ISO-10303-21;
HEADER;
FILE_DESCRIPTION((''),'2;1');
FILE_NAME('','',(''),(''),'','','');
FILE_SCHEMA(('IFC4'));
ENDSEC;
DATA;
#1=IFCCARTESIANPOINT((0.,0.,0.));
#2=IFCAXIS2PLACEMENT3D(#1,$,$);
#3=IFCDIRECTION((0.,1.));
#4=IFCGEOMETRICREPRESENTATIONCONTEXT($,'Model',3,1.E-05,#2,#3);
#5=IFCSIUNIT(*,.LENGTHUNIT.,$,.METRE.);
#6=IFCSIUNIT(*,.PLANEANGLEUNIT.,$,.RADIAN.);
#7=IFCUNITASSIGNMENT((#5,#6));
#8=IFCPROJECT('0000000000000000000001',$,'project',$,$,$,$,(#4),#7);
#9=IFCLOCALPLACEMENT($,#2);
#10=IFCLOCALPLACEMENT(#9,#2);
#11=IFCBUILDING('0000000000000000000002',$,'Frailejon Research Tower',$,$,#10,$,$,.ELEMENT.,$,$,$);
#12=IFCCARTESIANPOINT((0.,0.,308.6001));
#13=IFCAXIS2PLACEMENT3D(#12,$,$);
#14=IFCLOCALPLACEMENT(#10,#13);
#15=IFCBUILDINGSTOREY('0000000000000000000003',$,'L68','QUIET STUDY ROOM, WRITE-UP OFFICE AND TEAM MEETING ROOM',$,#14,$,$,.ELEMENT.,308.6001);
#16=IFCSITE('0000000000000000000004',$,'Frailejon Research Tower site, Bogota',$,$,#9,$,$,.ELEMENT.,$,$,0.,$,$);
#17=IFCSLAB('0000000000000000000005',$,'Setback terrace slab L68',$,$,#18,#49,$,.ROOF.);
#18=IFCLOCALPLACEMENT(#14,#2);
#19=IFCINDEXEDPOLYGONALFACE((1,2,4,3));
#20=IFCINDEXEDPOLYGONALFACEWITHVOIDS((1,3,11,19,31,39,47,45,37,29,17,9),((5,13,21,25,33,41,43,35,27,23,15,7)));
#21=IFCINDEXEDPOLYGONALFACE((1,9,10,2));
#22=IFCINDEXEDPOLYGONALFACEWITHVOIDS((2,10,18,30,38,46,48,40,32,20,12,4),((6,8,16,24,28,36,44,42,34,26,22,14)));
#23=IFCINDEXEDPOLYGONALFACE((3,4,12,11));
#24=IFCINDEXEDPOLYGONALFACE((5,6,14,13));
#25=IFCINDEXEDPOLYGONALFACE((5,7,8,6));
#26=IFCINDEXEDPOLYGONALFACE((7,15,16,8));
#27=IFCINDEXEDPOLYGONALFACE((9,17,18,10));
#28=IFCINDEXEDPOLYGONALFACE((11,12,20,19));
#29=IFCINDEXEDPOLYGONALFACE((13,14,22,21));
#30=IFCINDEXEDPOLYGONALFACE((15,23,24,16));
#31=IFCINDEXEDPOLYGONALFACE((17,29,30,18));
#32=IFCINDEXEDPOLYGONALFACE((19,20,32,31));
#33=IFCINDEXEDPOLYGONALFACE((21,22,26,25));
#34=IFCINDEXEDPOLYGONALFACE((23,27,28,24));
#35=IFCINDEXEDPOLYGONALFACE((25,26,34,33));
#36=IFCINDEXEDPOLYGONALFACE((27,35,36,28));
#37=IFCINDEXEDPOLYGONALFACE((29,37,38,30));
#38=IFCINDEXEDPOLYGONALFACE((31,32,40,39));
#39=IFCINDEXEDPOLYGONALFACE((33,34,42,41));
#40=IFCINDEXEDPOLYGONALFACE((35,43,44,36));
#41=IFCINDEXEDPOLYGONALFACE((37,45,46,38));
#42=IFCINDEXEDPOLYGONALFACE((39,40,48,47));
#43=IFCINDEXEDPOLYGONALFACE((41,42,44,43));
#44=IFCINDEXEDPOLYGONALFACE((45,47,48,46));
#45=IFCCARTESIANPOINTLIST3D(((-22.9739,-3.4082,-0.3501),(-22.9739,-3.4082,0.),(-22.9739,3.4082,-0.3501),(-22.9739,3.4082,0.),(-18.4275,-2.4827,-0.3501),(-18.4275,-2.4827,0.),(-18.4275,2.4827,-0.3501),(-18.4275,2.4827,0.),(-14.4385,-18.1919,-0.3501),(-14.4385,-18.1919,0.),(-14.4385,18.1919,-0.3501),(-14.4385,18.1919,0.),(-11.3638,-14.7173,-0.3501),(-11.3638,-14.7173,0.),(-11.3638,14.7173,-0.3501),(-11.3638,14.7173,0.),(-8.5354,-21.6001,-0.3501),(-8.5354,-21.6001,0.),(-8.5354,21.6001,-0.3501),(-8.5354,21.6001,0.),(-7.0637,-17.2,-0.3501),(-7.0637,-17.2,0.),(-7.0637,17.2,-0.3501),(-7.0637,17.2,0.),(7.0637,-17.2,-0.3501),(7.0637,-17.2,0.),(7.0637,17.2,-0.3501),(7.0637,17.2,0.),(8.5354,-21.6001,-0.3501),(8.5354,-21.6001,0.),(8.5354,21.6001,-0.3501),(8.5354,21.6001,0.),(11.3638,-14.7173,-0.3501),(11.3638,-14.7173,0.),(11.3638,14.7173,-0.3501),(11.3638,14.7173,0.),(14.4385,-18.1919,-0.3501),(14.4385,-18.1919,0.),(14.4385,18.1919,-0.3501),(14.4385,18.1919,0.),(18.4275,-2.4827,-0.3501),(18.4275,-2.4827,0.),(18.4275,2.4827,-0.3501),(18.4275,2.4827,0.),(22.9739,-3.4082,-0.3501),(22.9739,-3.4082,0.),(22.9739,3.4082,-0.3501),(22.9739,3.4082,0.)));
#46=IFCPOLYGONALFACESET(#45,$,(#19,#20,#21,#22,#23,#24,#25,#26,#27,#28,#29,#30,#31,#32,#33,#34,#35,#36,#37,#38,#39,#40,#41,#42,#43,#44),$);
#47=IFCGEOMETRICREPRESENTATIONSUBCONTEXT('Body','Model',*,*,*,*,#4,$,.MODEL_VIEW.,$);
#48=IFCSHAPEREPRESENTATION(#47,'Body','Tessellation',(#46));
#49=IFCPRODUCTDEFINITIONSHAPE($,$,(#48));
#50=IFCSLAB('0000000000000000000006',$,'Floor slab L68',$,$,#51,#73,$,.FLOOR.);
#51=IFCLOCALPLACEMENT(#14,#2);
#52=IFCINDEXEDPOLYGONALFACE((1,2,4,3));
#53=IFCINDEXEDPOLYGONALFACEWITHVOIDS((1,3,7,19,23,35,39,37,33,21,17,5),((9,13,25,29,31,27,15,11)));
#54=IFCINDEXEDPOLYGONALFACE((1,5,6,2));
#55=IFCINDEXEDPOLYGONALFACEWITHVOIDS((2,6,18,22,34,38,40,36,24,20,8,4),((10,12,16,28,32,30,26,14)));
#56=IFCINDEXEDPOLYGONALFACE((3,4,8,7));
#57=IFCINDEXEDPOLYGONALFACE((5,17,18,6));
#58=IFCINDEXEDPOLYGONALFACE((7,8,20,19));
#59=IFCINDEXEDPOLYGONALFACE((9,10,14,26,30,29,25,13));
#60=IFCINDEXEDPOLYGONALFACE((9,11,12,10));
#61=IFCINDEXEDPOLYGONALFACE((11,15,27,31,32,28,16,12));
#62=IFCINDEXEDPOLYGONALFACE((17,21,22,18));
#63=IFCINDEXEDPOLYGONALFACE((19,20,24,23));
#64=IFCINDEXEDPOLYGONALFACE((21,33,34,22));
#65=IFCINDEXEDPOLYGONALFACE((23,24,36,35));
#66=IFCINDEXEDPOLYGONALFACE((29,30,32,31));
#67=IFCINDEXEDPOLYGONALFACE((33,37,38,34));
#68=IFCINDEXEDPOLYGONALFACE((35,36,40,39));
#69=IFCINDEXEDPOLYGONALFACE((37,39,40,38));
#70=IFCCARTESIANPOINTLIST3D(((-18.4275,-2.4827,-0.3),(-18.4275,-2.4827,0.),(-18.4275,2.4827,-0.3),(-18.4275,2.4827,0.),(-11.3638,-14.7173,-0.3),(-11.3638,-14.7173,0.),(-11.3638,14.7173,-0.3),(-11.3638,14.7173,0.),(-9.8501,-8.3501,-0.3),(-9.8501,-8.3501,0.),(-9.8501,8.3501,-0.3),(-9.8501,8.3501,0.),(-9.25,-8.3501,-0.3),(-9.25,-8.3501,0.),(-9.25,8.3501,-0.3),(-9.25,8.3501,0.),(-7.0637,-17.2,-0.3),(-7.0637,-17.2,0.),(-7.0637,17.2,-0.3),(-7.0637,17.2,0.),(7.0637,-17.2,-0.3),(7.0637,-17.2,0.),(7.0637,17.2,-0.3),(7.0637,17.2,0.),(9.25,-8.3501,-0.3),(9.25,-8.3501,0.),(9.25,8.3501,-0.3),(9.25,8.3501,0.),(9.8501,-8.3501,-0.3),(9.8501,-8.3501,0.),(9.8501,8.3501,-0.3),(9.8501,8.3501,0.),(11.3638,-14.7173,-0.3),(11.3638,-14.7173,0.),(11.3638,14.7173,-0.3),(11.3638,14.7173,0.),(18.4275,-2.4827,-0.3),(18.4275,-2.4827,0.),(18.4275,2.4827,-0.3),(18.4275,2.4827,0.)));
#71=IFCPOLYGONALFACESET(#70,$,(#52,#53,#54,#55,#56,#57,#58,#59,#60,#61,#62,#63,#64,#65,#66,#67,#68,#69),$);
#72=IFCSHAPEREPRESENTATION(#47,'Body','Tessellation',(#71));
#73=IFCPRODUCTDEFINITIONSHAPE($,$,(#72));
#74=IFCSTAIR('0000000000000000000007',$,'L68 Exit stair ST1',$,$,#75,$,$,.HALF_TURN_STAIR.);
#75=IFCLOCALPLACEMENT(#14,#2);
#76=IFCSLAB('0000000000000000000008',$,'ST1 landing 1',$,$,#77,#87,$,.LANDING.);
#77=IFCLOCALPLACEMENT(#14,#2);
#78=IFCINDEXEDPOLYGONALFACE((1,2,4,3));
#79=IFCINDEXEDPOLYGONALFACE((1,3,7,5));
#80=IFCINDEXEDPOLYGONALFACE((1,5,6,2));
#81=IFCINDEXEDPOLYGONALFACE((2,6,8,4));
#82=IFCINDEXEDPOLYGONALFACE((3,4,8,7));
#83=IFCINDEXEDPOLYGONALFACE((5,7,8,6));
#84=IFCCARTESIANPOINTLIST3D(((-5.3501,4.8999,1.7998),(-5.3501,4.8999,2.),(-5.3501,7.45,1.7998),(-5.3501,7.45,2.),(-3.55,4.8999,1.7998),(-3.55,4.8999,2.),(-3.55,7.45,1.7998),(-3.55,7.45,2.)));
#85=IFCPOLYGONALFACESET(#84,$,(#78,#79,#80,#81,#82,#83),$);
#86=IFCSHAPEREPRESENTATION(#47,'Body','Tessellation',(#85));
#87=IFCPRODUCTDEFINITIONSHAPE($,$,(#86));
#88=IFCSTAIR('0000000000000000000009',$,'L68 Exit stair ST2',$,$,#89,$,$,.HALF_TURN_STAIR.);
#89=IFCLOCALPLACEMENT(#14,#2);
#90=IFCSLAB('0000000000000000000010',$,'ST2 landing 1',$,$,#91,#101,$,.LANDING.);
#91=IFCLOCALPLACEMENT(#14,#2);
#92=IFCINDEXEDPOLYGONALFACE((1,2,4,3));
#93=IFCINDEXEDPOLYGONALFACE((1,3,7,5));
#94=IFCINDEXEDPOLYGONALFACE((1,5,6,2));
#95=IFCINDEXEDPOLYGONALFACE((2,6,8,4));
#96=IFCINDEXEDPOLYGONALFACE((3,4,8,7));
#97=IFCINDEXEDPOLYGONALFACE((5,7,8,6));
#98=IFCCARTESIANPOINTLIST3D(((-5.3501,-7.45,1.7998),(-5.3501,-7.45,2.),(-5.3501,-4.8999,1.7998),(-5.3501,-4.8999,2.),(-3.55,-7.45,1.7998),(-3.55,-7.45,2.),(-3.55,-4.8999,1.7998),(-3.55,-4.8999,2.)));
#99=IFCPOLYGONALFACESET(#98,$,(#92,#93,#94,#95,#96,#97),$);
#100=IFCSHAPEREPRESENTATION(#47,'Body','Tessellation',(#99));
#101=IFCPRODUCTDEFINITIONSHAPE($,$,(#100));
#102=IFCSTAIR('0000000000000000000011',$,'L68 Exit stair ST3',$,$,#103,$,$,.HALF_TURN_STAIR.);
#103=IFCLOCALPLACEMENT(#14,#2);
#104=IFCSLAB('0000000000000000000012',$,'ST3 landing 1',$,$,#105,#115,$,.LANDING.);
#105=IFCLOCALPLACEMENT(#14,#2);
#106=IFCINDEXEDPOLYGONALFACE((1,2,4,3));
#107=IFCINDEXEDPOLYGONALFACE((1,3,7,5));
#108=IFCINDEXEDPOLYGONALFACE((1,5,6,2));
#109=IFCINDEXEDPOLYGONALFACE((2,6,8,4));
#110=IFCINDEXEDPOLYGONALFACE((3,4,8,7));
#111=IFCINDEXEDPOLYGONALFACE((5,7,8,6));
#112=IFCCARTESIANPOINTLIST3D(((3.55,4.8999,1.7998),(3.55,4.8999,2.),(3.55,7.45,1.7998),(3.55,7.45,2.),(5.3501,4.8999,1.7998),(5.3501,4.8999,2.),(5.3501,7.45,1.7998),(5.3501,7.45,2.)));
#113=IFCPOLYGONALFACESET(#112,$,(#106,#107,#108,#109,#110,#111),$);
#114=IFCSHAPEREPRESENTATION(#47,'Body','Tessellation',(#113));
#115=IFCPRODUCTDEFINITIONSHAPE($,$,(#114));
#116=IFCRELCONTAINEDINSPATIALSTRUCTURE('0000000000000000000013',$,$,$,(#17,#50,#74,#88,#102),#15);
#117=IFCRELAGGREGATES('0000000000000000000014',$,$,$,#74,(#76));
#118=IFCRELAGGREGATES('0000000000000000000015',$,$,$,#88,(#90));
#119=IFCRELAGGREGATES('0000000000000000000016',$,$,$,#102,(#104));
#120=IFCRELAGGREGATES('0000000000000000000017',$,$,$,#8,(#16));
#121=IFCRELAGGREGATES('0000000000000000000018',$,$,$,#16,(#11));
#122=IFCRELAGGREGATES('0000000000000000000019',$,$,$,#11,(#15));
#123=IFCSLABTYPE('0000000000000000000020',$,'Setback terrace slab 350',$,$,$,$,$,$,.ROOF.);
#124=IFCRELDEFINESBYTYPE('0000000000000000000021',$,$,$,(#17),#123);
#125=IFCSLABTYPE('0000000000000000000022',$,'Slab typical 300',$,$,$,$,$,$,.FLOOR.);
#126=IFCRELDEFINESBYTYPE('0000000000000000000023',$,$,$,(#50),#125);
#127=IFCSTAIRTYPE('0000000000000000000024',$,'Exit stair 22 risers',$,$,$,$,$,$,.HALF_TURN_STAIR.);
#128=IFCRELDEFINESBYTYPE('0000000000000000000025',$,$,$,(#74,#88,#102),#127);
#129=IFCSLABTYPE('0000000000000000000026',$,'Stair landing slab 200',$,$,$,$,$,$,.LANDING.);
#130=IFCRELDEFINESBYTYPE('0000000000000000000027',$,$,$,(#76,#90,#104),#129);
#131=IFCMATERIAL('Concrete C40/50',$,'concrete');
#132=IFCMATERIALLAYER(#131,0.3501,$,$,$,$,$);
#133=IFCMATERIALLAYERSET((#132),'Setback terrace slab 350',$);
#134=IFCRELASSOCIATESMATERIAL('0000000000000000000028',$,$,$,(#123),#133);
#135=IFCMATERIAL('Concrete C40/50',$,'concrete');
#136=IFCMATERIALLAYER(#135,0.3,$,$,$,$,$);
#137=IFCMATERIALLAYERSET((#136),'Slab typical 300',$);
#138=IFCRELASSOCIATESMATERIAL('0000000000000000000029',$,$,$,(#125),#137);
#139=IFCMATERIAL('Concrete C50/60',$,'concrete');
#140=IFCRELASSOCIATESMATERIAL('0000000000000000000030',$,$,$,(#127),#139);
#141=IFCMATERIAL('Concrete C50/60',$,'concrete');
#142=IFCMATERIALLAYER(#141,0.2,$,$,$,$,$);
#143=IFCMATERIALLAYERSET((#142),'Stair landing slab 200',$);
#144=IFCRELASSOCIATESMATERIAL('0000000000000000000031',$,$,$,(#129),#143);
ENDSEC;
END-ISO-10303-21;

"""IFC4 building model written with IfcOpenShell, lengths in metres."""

from ifc_helpers import new_model, si_unit, direction, frame, origin, place, context, subcontext, project, spatial, polyline, outline, extrude, material, layer, layer_set, type_object, element, aggregate, save


model = new_model("IFC4")

# Units and contexts
model_context = context("Model", 3, precision=1e-05, world=origin(), true_north=direction((0.0, 1.0)))
body_context = subcontext(model_context, "Body", "Model", "MODEL_VIEW")
ifc_project = project(units=[si_unit("LENGTHUNIT", "METRE"), si_unit("PLANEANGLEUNIT", "RADIAN")], contexts=[model_context])

# Site, building, storey
site_placement = place(None, origin())
site = spatial("IfcSite", under=ifc_project, at=site_placement, Name="Frailejon Research Tower site, Bogota", CompositionType="ELEMENT", RefElevation=0.0)
building_placement = place(site_placement, origin())
building = spatial("IfcBuilding", under=site, at=building_placement, Name="Frailejon Research Tower", CompositionType="ELEMENT")
storey_placement = place(building_placement, frame((0.0, 0.0, 308.6001)))
storey = spatial("IfcBuildingStorey", under=building, at=storey_placement, Name="L68", Description="QUIET STUDY ROOM, WRITE-UP OFFICE AND TEAM MEETING ROOM", CompositionType="ELEMENT", Elevation=308.6001)

# Slabs
ifc_material_1 = material(Name="Concrete C40/50", Category="concrete")
ifc_layer_1 = layer(ifc_material_1, 0.3501)
ifc_layer_set_1 = layer_set([ifc_layer_1], Name="Setback terrace slab 350")
slab_type_1 = type_object("IfcSlabType", Name="Setback terrace slab 350", PredefinedType="ROOF", material=ifc_layer_set_1)
slab_1_placement = place(storey_placement, frame((0.0, 0.0, -0.3501)))
element("IfcSlab", 1, at=slab_1_placement, inside=storey, type_object=slab_type_1, Name="Setback terrace slab L68", PredefinedType="ROOF", context=body_context, shape_type="SweptSolid", body=[
    extrude(outline(polyline([(14.4385, -18.1919), (8.5354, -21.6001), (-8.5354, -21.6001), (-14.4385, -18.1919), (-22.9739, -3.4082), (-22.9739, 3.4082), (-14.4385, 18.1919), (-8.5354, 21.6001), (8.5354, 21.6001), (14.4385, 18.1919), (22.9739, 3.4082), (22.9739, -3.4082), (14.4385, -18.1919)]), holes=[polyline([(18.4275, 2.4827), (11.3638, 14.7173), (7.0637, 17.2), (-7.0637, 17.2), (-11.3638, 14.7173), (-18.4275, 2.4827), (-18.4275, -2.4827), (-11.3638, -14.7173), (-7.0637, -17.2), (7.0637, -17.2), (11.3638, -14.7173), (18.4275, -2.4827), (18.4275, 2.4827)])]), origin(), (0.0, 0.0, 1.0), 0.3501),
])
ifc_material_2 = material(Name="Concrete C40/50", Category="concrete")
ifc_layer_2 = layer(ifc_material_2, 0.3)
ifc_layer_set_2 = layer_set([ifc_layer_2], Name="Slab typical 300")
slab_type_2 = type_object("IfcSlabType", Name="Slab typical 300", PredefinedType="FLOOR", material=ifc_layer_set_2)
slab_2_placement = place(storey_placement, frame((0.0, 0.0, -0.3)))
element("IfcSlab", 2, at=slab_2_placement, inside=storey, type_object=slab_type_2, Name="Floor slab L68", PredefinedType="FLOOR", context=body_context, shape_type="SweptSolid", body=[
    extrude(outline(polyline([(18.4275, -2.4827), (18.4275, 2.4827), (11.3638, 14.7173), (7.0637, 17.2), (-7.0637, 17.2), (-11.3638, 14.7173), (-18.4275, 2.4827), (-18.4275, -2.4827), (-11.3638, -14.7173), (-7.0637, -17.2), (7.0637, -17.2), (11.3638, -14.7173), (18.4275, -2.4827)]), holes=[polyline([(9.25, 8.3501), (9.8501, 8.3501), (9.8501, -8.3501), (9.25, -8.3501), (-9.25, -8.3501), (-9.8501, -8.3501), (-9.8501, 8.3501), (-9.25, 8.3501), (9.25, 8.3501)])]), origin(), (0.0, 0.0, 1.0), 0.3),
])

# Stairs, slabs
ifc_material_3 = material(Name="Concrete C50/60", Category="concrete")
stair_type = type_object("IfcStairType", Name="Exit stair 22 risers", PredefinedType="HALF_TURN_STAIR", material=ifc_material_3)
stair_1_placement = place(storey_placement, origin())
stair_1 = element("IfcStair", 3, at=stair_1_placement, inside=storey, type_object=stair_type, Name="L68 Exit stair ST1", PredefinedType="HALF_TURN_STAIR")
ifc_material_4 = material(Name="Concrete C50/60", Category="concrete")
ifc_layer_3 = layer(ifc_material_4, 0.2)
ifc_layer_set_3 = layer_set([ifc_layer_3], Name="Stair landing slab 200")
slab_type_3 = type_object("IfcSlabType", Name="Stair landing slab 200", PredefinedType="LANDING", material=ifc_layer_set_3)
slab_3_placement = place(storey_placement, frame((0.0, 0.0, 1.7998)))
slab_3 = element("IfcSlab", 4, at=slab_3_placement, type_object=slab_type_3, Name="ST1 landing 1", PredefinedType="LANDING", context=body_context, shape_type="SweptSolid", body=[
    extrude(outline(polyline([(-5.3501, 4.8999), (-3.55, 4.8999), (-3.55, 7.45), (-5.3501, 7.45), (-5.3501, 4.8999)])), origin(), (0.0, 0.0, 1.0), 0.2002),
])
aggregate(stair_1, [slab_3])
stair_2_placement = place(storey_placement, origin())
stair_2 = element("IfcStair", 5, at=stair_2_placement, inside=storey, type_object=stair_type, Name="L68 Exit stair ST2", PredefinedType="HALF_TURN_STAIR")
slab_4_placement = place(storey_placement, frame((0.0, 0.0, 1.7998)))
slab_4 = element("IfcSlab", 6, at=slab_4_placement, type_object=slab_type_3, Name="ST2 landing 1", PredefinedType="LANDING", context=body_context, shape_type="SweptSolid", body=[
    extrude(outline(polyline([(-5.3501, -7.45), (-3.55, -7.45), (-3.55, -4.8999), (-5.3501, -4.8999), (-5.3501, -7.45)])), origin(), (0.0, 0.0, 1.0), 0.2002),
])
aggregate(stair_2, [slab_4])
stair_3_placement = place(storey_placement, origin())
stair_3 = element("IfcStair", 7, at=stair_3_placement, inside=storey, type_object=stair_type, Name="L68 Exit stair ST3", PredefinedType="HALF_TURN_STAIR")
slab_5_placement = place(storey_placement, frame((0.0, 0.0, 1.7998)))
slab_5 = element("IfcSlab", 8, at=slab_5_placement, type_object=slab_type_3, Name="ST3 landing 1", PredefinedType="LANDING", context=body_context, shape_type="SweptSolid", body=[
    extrude(outline(polyline([(5.3501, 7.45), (3.55, 7.45), (3.55, 4.8999), (5.3501, 4.8999), (5.3501, 7.45)])), origin(), (0.0, 0.0, 1.0), 0.2002),
])
aggregate(stair_3, [slab_5])

save(model, "model.ifc")
